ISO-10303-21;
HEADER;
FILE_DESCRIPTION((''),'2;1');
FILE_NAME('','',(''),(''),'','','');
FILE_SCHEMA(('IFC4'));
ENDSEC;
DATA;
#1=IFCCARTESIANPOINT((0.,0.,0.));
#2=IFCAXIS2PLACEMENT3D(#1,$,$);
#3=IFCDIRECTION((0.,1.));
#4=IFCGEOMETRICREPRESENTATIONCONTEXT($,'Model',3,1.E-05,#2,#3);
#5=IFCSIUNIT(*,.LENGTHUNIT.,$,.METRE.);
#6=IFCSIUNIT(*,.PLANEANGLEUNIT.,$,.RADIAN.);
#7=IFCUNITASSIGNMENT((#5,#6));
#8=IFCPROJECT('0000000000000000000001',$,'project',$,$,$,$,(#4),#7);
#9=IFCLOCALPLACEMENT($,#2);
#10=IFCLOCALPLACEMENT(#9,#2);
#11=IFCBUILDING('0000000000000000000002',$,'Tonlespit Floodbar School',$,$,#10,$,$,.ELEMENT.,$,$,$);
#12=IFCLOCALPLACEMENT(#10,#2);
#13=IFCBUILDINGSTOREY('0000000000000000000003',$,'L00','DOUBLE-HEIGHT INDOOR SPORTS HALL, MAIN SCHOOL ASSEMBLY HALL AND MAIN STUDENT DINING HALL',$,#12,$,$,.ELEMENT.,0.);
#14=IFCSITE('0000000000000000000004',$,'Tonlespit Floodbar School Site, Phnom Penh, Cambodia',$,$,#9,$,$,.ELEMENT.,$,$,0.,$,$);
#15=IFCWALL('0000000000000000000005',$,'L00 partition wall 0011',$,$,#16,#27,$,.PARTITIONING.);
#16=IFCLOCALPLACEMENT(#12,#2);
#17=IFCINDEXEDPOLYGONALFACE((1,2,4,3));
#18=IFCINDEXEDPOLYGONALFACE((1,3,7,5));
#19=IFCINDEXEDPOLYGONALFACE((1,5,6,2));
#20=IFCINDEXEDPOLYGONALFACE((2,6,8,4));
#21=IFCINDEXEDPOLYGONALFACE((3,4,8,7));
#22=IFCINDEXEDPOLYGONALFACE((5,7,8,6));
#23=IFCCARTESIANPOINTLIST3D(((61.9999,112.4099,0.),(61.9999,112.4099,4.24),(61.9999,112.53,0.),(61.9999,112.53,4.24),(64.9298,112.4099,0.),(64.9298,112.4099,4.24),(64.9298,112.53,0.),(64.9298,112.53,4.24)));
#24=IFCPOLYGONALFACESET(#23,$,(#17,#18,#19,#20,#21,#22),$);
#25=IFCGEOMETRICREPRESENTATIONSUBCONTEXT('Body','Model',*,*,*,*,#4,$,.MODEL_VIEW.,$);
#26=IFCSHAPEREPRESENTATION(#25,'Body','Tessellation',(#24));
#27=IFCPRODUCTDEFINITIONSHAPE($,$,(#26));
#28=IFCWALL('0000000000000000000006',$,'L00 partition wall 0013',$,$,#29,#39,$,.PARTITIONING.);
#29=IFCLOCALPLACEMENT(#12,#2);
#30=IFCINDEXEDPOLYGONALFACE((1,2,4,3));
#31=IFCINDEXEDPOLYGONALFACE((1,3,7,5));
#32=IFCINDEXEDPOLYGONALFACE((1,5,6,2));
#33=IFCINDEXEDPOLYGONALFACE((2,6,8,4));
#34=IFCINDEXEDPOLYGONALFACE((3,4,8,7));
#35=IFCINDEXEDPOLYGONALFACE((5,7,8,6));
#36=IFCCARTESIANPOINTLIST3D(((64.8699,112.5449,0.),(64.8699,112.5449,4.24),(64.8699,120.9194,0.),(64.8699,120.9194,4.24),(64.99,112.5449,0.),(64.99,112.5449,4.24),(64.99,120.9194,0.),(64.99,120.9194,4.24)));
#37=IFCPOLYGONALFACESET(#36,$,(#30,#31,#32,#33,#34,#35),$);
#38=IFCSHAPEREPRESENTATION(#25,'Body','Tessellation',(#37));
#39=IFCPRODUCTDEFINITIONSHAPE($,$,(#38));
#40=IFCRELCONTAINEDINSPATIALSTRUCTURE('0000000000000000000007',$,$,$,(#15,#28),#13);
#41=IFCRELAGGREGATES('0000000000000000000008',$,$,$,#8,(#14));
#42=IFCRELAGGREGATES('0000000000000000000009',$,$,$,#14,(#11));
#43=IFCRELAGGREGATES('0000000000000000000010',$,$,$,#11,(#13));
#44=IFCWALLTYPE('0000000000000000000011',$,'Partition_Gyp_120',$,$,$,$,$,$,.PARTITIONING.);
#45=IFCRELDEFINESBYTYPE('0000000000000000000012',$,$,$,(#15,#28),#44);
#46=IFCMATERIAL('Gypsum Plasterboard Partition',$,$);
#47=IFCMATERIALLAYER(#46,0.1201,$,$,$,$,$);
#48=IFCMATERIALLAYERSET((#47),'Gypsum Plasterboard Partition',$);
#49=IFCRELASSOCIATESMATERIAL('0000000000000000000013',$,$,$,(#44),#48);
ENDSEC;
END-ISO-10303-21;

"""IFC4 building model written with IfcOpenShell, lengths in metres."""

from ifc_helpers import new_model, si_unit, direction, frame, frame_2d, origin, place, context, subcontext, project, spatial, rectangle, extrude, material, layer, layer_set, type_object, element, save


model = new_model("IFC4")

# Units and contexts
model_context = context("Model", 3, precision=1e-05, world=origin(), true_north=direction((0.0, 1.0)))
body_context = subcontext(model_context, "Body", "Model", "MODEL_VIEW")
ifc_project = project(units=[si_unit("LENGTHUNIT", "METRE"), si_unit("PLANEANGLEUNIT", "RADIAN")], contexts=[model_context])

# Site, building, storey
site_placement = place(None, origin())
site = spatial("IfcSite", under=ifc_project, at=site_placement, Name="Tonlespit Floodbar School Site, Phnom Penh, Cambodia", CompositionType="ELEMENT", RefElevation=0.0)
building_placement = place(site_placement, origin())
building = spatial("IfcBuilding", under=site, at=building_placement, Name="Tonlespit Floodbar School", CompositionType="ELEMENT")
storey_placement = place(building_placement, origin())
storey = spatial("IfcBuildingStorey", under=building, at=storey_placement, Name="L00", Description="DOUBLE-HEIGHT INDOOR SPORTS HALL, MAIN SCHOOL ASSEMBLY HALL AND MAIN STUDENT DINING HALL", CompositionType="ELEMENT", Elevation=0.0)

# Walls
ifc_material_1 = material(Name="Gypsum Plasterboard Partition")
ifc_layer_1 = layer(ifc_material_1, 0.1201)
ifc_layer_set_1 = layer_set([ifc_layer_1], Name="Gypsum Plasterboard Partition")
wall_type_1 = type_object("IfcWallType", Name="Partition_Gyp_120", PredefinedType="PARTITIONING", material=ifc_layer_set_1)
wall_1_placement = place(storey_placement, frame((62.0, 112.47, 0.0), z_axis=(0.0, 0.0, 1.0), x_axis=(1.0, 0.0, 0.0)))
element("IfcWall", 1, at=wall_1_placement, inside=storey, type_object=wall_type_1, Name="L00 partition wall 0011", PredefinedType="PARTITIONING", context=body_context, shape_type="SweptSolid", body=[
    extrude(rectangle(XDim=2.9299, YDim=0.1201, at=frame_2d((1.4648, 0.0))), origin(), (0.0, 0.0, 1.0), 4.24),
])
wall_2_placement = place(storey_placement, frame((64.9299, 112.5449, 0.0), z_axis=(0.0, 0.0, 1.0), x_axis=(0.0, 1.0, 0.0)))
element("IfcWall", 2, at=wall_2_placement, inside=storey, type_object=wall_type_1, Name="L00 partition wall 0013", PredefinedType="PARTITIONING", context=body_context, shape_type="SweptSolid", body=[
    extrude(rectangle(XDim=8.3745, YDim=0.1201, at=frame_2d((4.1873, 0.0))), origin(), (0.0, 0.0, 1.0), 4.24),
])

save(model, "model.ifc")
